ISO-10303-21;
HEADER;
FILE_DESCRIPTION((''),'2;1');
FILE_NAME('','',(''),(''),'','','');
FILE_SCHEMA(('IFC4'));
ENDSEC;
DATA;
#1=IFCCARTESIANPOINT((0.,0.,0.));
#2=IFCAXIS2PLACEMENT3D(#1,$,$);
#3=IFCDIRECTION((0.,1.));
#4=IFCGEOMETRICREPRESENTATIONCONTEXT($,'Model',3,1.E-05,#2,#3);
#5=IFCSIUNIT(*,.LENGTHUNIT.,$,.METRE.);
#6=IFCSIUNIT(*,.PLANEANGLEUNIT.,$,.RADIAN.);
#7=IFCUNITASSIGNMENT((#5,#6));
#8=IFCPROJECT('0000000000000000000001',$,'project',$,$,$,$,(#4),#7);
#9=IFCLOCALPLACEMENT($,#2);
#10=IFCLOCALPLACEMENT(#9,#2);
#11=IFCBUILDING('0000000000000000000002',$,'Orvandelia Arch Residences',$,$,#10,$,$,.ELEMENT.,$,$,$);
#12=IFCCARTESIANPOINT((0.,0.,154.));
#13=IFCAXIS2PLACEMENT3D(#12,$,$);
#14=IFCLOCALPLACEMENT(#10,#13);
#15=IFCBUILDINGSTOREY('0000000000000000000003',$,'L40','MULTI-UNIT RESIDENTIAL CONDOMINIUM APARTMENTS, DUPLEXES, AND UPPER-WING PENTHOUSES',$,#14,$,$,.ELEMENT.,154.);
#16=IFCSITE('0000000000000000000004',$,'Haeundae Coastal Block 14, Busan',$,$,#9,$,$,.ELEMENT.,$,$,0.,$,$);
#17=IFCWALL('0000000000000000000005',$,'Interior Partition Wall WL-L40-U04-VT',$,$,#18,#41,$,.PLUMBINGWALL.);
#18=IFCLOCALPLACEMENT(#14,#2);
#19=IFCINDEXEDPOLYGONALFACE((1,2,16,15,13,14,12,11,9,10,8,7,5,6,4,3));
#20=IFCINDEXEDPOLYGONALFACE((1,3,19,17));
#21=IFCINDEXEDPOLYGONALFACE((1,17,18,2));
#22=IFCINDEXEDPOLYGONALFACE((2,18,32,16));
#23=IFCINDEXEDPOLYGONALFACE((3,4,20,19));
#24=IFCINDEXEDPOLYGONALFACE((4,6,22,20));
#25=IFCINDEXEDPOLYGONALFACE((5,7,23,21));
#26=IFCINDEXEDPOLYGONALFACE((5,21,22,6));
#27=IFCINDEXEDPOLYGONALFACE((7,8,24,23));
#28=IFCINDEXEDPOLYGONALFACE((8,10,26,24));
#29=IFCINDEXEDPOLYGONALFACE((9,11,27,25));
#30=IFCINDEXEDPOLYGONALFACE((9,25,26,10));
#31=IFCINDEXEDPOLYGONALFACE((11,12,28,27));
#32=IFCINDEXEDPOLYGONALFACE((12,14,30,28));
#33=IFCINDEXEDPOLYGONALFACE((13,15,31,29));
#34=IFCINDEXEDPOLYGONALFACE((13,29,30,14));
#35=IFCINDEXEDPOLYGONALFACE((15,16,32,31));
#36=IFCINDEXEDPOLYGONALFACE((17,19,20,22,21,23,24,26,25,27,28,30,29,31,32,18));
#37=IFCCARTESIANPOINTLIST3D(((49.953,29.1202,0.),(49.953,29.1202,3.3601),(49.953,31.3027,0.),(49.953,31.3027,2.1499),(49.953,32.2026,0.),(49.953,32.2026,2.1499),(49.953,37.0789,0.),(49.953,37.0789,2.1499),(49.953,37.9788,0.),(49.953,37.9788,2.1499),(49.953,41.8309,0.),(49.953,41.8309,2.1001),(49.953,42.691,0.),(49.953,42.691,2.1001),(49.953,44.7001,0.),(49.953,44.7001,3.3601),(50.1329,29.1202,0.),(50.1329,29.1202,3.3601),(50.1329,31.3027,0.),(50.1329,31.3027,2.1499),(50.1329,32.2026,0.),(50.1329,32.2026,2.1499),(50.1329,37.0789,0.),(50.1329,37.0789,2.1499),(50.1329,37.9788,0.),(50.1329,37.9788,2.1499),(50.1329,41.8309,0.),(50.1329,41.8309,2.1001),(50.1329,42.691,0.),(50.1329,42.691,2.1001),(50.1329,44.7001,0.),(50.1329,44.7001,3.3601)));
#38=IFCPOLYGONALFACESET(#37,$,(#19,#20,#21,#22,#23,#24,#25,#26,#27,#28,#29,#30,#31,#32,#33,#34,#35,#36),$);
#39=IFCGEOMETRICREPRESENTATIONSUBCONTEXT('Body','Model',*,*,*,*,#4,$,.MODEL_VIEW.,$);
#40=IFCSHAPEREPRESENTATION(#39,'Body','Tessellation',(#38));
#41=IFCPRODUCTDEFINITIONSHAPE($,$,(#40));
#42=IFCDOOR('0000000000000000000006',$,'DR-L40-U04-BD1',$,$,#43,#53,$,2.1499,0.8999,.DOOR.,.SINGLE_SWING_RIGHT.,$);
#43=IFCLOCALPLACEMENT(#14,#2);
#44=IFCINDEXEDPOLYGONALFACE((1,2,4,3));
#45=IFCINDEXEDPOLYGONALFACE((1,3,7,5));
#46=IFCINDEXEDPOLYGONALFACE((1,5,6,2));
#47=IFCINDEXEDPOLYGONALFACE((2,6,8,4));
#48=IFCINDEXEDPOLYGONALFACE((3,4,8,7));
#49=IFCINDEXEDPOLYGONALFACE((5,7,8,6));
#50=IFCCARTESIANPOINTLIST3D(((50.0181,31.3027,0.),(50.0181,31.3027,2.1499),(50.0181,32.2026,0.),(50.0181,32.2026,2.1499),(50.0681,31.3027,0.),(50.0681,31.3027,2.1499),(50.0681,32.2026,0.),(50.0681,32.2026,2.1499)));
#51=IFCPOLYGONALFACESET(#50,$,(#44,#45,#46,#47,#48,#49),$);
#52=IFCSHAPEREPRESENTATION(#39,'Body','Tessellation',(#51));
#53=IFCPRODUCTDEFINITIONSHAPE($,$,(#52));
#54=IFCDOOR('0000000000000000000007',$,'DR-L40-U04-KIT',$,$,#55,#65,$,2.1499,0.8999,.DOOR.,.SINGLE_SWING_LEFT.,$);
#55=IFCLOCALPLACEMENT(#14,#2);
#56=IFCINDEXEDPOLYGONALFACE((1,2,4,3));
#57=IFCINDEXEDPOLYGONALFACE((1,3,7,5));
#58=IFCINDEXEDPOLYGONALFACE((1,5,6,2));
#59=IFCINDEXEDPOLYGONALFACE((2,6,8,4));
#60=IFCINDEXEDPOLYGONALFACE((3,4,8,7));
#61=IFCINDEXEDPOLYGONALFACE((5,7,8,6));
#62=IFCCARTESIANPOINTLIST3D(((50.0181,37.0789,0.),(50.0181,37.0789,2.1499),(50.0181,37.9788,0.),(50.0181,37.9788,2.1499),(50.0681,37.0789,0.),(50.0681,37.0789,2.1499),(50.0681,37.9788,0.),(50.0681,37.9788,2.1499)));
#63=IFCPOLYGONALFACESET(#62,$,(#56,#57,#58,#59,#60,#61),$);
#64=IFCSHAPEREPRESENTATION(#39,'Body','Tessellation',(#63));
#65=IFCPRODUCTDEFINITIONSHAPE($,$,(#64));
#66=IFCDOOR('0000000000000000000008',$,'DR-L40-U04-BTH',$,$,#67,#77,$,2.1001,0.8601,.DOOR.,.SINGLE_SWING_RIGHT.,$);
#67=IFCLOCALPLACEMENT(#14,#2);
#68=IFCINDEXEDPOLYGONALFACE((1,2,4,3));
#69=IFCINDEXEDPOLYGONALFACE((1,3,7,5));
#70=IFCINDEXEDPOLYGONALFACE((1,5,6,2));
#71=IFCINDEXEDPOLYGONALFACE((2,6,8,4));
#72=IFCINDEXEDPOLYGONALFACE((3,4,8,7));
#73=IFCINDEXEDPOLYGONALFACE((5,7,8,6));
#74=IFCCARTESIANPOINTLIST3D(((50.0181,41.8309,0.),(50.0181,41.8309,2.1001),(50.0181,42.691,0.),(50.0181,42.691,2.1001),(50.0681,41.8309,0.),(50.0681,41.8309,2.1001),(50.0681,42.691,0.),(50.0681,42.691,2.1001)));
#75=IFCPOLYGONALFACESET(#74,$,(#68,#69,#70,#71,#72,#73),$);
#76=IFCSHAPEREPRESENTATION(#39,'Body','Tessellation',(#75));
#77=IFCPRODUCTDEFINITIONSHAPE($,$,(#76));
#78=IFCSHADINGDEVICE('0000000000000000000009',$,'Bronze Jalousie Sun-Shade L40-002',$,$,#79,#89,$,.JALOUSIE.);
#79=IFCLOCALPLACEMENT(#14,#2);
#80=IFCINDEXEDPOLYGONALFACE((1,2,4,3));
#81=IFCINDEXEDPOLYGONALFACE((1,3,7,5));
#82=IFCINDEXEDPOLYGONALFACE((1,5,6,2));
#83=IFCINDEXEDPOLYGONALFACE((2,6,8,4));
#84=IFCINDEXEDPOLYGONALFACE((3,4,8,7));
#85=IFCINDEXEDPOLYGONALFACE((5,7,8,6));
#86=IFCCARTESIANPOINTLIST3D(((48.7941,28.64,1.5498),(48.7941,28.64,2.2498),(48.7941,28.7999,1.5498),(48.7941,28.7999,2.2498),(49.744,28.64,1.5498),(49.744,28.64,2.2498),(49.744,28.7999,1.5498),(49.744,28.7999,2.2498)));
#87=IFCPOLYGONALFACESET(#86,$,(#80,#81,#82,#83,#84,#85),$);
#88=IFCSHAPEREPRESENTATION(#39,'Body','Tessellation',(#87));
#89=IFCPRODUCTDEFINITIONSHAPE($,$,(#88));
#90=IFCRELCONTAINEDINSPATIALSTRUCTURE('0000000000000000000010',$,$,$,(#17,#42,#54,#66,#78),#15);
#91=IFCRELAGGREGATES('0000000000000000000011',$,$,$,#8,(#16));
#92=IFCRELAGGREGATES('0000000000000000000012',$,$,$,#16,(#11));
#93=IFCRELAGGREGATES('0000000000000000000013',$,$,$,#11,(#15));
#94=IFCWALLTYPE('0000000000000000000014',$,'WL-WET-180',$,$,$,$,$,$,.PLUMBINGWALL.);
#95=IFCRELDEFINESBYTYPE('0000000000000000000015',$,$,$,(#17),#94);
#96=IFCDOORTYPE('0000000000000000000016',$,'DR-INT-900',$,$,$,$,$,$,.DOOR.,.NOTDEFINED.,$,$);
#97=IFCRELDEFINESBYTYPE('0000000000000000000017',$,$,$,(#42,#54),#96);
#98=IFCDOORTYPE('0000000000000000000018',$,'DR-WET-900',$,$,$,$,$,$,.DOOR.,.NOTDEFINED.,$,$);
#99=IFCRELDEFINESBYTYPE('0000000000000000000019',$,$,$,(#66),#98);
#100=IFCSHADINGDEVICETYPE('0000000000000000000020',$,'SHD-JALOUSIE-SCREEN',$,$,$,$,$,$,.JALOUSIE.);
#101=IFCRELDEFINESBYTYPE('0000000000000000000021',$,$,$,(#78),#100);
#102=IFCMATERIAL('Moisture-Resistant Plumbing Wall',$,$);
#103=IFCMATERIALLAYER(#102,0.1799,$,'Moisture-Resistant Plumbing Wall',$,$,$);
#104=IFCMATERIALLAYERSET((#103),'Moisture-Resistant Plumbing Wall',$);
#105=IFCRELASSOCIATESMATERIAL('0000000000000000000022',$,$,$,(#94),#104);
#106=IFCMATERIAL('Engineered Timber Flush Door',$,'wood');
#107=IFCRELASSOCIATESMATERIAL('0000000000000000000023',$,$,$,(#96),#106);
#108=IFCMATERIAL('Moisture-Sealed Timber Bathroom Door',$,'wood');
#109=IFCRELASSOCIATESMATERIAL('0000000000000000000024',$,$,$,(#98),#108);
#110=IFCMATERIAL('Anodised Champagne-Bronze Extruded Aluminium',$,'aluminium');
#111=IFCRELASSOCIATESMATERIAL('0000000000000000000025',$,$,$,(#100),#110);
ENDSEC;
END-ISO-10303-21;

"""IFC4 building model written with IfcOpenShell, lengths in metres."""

from ifc_helpers import new_model, si_unit, direction, frame, frame_2d, origin, origin_2d, place, context, subcontext, project, spatial, rectangle, extrude, material, layer, layer_set, type_object, element, fill, save


model = new_model("IFC4")

# Units and contexts
model_context = context("Model", 3, precision=1e-05, world=origin(), true_north=direction((0.0, 1.0)))
body_context = subcontext(model_context, "Body", "Model", "MODEL_VIEW")
ifc_project = project(units=[si_unit("LENGTHUNIT", "METRE"), si_unit("PLANEANGLEUNIT", "RADIAN")], contexts=[model_context])

# Site, building, storey
site_placement = place(None, origin())
site = spatial("IfcSite", under=ifc_project, at=site_placement, Name="Haeundae Coastal Block 14, Busan", CompositionType="ELEMENT", RefElevation=0.0)
building_placement = place(site_placement, origin())
building = spatial("IfcBuilding", under=site, at=building_placement, Name="Orvandelia Arch Residences", CompositionType="ELEMENT")
storey_placement = place(building_placement, frame((0.0, 0.0, 154.0)))
storey = spatial("IfcBuildingStorey", under=building, at=storey_placement, Name="L40", Description="MULTI-UNIT RESIDENTIAL CONDOMINIUM APARTMENTS, DUPLEXES, AND UPPER-WING PENTHOUSES", CompositionType="ELEMENT", Elevation=154.0)

# Wall, openings, doors
ifc_material_1 = material(Name="Moisture-Resistant Plumbing Wall")
ifc_layer_1 = layer(ifc_material_1, 0.1799, Name="Moisture-Resistant Plumbing Wall")
ifc_layer_set_1 = layer_set([ifc_layer_1], Name="Moisture-Resistant Plumbing Wall")
wall_type_1 = type_object("IfcWallType", Name="WL-WET-180", PredefinedType="PLUMBINGWALL", material=ifc_layer_set_1)
wall_1_placement = place(storey_placement, frame((50.043, 29.1201, 0.0), z_axis=(0.0, 0.0, 1.0), x_axis=(0.0, 1.0, 0.0)))
wall_1 = element("IfcWall", 1, at=wall_1_placement, inside=storey, type_object=wall_type_1, Name="Interior Partition Wall WL-L40-U04-VT", PredefinedType="PLUMBINGWALL", context=body_context, shape_type="SweptSolid", body=[
    extrude(rectangle(XDim=15.5798, YDim=0.1799, at=frame_2d((7.79, 0.0))), origin(), (0.0, 0.0, 1.0), 3.3601),
])
opening_1_placement = place(wall_1_placement, frame((2.1826, 0.0, 0.0)))
opening_1 = element("IfcOpeningElement", 2, at=opening_1_placement, cuts=wall_1, PredefinedType="OPENING", context=body_context, shape_type="SweptSolid", body=[
    extrude(rectangle(XDim=0.8999, YDim=2.1499, at=frame_2d((0.45, 1.075))), frame((0.0, 0.1001, 0.0), z_axis=(0.0, -1.0, 0.0), x_axis=(1.0, 0.0, 0.0)), (0.0, 0.0, 1.0), 0.2),
])
opening_2_placement = place(wall_1_placement, frame((7.9587, 0.0, 0.0)))
opening_2 = element("IfcOpeningElement", 3, at=opening_2_placement, cuts=wall_1, PredefinedType="OPENING", context=body_context, shape_type="SweptSolid", body=[
    extrude(rectangle(XDim=0.8999, YDim=2.1499, at=frame_2d((0.45, 1.075))), frame((0.0, 0.1001, 0.0), z_axis=(0.0, -1.0, 0.0), x_axis=(1.0, 0.0, 0.0)), (0.0, 0.0, 1.0), 0.2),
])
opening_3_placement = place(wall_1_placement, frame((12.7107, 0.0, 0.0)))
opening_3 = element("IfcOpeningElement", 4, at=opening_3_placement, cuts=wall_1, PredefinedType="OPENING", context=body_context, shape_type="SweptSolid", body=[
    extrude(rectangle(XDim=0.8601, YDim=2.1001, at=frame_2d((0.4302, 1.05))), frame((0.0, 0.1001, 0.0), z_axis=(0.0, -1.0, 0.0), x_axis=(1.0, 0.0, 0.0)), (0.0, 0.0, 1.0), 0.2),
])
ifc_material_2 = material(Name="Engineered Timber Flush Door", Category="wood")
door_type_1 = type_object("IfcDoorType", Name="DR-INT-900", OperationType="NOTDEFINED", PredefinedType="DOOR", material=ifc_material_2)
door_1_placement = place(opening_1_placement, origin())
door_1 = element("IfcDoor", 5, at=door_1_placement, inside=storey, type_object=door_type_1, Name="DR-L40-U04-BD1", OperationType="SINGLE_SWING_RIGHT", OverallHeight=2.1499, OverallWidth=0.8999, PredefinedType="DOOR", context=body_context, shape_type="SweptSolid", body=[
    extrude(rectangle(XDim=0.8999, YDim=2.1499, at=frame_2d((0.45, 1.075))), frame((0.0, 0.0249, 0.0), z_axis=(0.0, -1.0, 0.0), x_axis=(1.0, 0.0, 0.0)), (0.0, 0.0, 1.0), 0.05),
])
fill(opening_1, door_1)
door_2_placement = place(opening_2_placement, origin())
door_2 = element("IfcDoor", 6, at=door_2_placement, inside=storey, type_object=door_type_1, Name="DR-L40-U04-KIT", OperationType="SINGLE_SWING_LEFT", OverallHeight=2.1499, OverallWidth=0.8999, PredefinedType="DOOR", context=body_context, shape_type="SweptSolid", body=[
    extrude(rectangle(XDim=0.8999, YDim=2.1499, at=frame_2d((0.45, 1.075))), frame((0.0, 0.0249, 0.0), z_axis=(0.0, -1.0, 0.0), x_axis=(1.0, 0.0, 0.0)), (0.0, 0.0, 1.0), 0.05),
])
fill(opening_2, door_2)
ifc_material_3 = material(Name="Moisture-Sealed Timber Bathroom Door", Category="wood")
door_type_2 = type_object("IfcDoorType", Name="DR-WET-900", OperationType="NOTDEFINED", PredefinedType="DOOR", material=ifc_material_3)
door_3_placement = place(opening_3_placement, origin())
door_3 = element("IfcDoor", 7, at=door_3_placement, inside=storey, type_object=door_type_2, Name="DR-L40-U04-BTH", OperationType="SINGLE_SWING_RIGHT", OverallHeight=2.1001, OverallWidth=0.8601, PredefinedType="DOOR", context=body_context, shape_type="SweptSolid", body=[
    extrude(rectangle(XDim=0.8601, YDim=2.1001, at=frame_2d((0.4302, 1.05))), frame((0.0, 0.0249, 0.0), z_axis=(0.0, -1.0, 0.0), x_axis=(1.0, 0.0, 0.0)), (0.0, 0.0, 1.0), 0.05),
])
fill(opening_3, door_3)

# Shading device
ifc_material_4 = material(Name="Anodised Champagne-Bronze Extruded Aluminium", Category="aluminium")
shading_device_type = type_object("IfcShadingDeviceType", Name="SHD-JALOUSIE-SCREEN", PredefinedType="JALOUSIE", material=ifc_material_4)
shading_device_placement = place(storey_placement, frame((49.269, 28.72, 1.5498), z_axis=(0.0, 0.0, 1.0), x_axis=(-1.0, 0.0, 0.0)))
element("IfcShadingDevice", 8, at=shading_device_placement, inside=storey, type_object=shading_device_type, Name="Bronze Jalousie Sun-Shade L40-002", PredefinedType="JALOUSIE", context=body_context, shape_type="SweptSolid", body=[
    extrude(rectangle(XDim=0.95, YDim=0.1599, at=origin_2d()), origin(), (0.0, 0.0, 1.0), 0.7),
])

save(model, "model.ifc")
